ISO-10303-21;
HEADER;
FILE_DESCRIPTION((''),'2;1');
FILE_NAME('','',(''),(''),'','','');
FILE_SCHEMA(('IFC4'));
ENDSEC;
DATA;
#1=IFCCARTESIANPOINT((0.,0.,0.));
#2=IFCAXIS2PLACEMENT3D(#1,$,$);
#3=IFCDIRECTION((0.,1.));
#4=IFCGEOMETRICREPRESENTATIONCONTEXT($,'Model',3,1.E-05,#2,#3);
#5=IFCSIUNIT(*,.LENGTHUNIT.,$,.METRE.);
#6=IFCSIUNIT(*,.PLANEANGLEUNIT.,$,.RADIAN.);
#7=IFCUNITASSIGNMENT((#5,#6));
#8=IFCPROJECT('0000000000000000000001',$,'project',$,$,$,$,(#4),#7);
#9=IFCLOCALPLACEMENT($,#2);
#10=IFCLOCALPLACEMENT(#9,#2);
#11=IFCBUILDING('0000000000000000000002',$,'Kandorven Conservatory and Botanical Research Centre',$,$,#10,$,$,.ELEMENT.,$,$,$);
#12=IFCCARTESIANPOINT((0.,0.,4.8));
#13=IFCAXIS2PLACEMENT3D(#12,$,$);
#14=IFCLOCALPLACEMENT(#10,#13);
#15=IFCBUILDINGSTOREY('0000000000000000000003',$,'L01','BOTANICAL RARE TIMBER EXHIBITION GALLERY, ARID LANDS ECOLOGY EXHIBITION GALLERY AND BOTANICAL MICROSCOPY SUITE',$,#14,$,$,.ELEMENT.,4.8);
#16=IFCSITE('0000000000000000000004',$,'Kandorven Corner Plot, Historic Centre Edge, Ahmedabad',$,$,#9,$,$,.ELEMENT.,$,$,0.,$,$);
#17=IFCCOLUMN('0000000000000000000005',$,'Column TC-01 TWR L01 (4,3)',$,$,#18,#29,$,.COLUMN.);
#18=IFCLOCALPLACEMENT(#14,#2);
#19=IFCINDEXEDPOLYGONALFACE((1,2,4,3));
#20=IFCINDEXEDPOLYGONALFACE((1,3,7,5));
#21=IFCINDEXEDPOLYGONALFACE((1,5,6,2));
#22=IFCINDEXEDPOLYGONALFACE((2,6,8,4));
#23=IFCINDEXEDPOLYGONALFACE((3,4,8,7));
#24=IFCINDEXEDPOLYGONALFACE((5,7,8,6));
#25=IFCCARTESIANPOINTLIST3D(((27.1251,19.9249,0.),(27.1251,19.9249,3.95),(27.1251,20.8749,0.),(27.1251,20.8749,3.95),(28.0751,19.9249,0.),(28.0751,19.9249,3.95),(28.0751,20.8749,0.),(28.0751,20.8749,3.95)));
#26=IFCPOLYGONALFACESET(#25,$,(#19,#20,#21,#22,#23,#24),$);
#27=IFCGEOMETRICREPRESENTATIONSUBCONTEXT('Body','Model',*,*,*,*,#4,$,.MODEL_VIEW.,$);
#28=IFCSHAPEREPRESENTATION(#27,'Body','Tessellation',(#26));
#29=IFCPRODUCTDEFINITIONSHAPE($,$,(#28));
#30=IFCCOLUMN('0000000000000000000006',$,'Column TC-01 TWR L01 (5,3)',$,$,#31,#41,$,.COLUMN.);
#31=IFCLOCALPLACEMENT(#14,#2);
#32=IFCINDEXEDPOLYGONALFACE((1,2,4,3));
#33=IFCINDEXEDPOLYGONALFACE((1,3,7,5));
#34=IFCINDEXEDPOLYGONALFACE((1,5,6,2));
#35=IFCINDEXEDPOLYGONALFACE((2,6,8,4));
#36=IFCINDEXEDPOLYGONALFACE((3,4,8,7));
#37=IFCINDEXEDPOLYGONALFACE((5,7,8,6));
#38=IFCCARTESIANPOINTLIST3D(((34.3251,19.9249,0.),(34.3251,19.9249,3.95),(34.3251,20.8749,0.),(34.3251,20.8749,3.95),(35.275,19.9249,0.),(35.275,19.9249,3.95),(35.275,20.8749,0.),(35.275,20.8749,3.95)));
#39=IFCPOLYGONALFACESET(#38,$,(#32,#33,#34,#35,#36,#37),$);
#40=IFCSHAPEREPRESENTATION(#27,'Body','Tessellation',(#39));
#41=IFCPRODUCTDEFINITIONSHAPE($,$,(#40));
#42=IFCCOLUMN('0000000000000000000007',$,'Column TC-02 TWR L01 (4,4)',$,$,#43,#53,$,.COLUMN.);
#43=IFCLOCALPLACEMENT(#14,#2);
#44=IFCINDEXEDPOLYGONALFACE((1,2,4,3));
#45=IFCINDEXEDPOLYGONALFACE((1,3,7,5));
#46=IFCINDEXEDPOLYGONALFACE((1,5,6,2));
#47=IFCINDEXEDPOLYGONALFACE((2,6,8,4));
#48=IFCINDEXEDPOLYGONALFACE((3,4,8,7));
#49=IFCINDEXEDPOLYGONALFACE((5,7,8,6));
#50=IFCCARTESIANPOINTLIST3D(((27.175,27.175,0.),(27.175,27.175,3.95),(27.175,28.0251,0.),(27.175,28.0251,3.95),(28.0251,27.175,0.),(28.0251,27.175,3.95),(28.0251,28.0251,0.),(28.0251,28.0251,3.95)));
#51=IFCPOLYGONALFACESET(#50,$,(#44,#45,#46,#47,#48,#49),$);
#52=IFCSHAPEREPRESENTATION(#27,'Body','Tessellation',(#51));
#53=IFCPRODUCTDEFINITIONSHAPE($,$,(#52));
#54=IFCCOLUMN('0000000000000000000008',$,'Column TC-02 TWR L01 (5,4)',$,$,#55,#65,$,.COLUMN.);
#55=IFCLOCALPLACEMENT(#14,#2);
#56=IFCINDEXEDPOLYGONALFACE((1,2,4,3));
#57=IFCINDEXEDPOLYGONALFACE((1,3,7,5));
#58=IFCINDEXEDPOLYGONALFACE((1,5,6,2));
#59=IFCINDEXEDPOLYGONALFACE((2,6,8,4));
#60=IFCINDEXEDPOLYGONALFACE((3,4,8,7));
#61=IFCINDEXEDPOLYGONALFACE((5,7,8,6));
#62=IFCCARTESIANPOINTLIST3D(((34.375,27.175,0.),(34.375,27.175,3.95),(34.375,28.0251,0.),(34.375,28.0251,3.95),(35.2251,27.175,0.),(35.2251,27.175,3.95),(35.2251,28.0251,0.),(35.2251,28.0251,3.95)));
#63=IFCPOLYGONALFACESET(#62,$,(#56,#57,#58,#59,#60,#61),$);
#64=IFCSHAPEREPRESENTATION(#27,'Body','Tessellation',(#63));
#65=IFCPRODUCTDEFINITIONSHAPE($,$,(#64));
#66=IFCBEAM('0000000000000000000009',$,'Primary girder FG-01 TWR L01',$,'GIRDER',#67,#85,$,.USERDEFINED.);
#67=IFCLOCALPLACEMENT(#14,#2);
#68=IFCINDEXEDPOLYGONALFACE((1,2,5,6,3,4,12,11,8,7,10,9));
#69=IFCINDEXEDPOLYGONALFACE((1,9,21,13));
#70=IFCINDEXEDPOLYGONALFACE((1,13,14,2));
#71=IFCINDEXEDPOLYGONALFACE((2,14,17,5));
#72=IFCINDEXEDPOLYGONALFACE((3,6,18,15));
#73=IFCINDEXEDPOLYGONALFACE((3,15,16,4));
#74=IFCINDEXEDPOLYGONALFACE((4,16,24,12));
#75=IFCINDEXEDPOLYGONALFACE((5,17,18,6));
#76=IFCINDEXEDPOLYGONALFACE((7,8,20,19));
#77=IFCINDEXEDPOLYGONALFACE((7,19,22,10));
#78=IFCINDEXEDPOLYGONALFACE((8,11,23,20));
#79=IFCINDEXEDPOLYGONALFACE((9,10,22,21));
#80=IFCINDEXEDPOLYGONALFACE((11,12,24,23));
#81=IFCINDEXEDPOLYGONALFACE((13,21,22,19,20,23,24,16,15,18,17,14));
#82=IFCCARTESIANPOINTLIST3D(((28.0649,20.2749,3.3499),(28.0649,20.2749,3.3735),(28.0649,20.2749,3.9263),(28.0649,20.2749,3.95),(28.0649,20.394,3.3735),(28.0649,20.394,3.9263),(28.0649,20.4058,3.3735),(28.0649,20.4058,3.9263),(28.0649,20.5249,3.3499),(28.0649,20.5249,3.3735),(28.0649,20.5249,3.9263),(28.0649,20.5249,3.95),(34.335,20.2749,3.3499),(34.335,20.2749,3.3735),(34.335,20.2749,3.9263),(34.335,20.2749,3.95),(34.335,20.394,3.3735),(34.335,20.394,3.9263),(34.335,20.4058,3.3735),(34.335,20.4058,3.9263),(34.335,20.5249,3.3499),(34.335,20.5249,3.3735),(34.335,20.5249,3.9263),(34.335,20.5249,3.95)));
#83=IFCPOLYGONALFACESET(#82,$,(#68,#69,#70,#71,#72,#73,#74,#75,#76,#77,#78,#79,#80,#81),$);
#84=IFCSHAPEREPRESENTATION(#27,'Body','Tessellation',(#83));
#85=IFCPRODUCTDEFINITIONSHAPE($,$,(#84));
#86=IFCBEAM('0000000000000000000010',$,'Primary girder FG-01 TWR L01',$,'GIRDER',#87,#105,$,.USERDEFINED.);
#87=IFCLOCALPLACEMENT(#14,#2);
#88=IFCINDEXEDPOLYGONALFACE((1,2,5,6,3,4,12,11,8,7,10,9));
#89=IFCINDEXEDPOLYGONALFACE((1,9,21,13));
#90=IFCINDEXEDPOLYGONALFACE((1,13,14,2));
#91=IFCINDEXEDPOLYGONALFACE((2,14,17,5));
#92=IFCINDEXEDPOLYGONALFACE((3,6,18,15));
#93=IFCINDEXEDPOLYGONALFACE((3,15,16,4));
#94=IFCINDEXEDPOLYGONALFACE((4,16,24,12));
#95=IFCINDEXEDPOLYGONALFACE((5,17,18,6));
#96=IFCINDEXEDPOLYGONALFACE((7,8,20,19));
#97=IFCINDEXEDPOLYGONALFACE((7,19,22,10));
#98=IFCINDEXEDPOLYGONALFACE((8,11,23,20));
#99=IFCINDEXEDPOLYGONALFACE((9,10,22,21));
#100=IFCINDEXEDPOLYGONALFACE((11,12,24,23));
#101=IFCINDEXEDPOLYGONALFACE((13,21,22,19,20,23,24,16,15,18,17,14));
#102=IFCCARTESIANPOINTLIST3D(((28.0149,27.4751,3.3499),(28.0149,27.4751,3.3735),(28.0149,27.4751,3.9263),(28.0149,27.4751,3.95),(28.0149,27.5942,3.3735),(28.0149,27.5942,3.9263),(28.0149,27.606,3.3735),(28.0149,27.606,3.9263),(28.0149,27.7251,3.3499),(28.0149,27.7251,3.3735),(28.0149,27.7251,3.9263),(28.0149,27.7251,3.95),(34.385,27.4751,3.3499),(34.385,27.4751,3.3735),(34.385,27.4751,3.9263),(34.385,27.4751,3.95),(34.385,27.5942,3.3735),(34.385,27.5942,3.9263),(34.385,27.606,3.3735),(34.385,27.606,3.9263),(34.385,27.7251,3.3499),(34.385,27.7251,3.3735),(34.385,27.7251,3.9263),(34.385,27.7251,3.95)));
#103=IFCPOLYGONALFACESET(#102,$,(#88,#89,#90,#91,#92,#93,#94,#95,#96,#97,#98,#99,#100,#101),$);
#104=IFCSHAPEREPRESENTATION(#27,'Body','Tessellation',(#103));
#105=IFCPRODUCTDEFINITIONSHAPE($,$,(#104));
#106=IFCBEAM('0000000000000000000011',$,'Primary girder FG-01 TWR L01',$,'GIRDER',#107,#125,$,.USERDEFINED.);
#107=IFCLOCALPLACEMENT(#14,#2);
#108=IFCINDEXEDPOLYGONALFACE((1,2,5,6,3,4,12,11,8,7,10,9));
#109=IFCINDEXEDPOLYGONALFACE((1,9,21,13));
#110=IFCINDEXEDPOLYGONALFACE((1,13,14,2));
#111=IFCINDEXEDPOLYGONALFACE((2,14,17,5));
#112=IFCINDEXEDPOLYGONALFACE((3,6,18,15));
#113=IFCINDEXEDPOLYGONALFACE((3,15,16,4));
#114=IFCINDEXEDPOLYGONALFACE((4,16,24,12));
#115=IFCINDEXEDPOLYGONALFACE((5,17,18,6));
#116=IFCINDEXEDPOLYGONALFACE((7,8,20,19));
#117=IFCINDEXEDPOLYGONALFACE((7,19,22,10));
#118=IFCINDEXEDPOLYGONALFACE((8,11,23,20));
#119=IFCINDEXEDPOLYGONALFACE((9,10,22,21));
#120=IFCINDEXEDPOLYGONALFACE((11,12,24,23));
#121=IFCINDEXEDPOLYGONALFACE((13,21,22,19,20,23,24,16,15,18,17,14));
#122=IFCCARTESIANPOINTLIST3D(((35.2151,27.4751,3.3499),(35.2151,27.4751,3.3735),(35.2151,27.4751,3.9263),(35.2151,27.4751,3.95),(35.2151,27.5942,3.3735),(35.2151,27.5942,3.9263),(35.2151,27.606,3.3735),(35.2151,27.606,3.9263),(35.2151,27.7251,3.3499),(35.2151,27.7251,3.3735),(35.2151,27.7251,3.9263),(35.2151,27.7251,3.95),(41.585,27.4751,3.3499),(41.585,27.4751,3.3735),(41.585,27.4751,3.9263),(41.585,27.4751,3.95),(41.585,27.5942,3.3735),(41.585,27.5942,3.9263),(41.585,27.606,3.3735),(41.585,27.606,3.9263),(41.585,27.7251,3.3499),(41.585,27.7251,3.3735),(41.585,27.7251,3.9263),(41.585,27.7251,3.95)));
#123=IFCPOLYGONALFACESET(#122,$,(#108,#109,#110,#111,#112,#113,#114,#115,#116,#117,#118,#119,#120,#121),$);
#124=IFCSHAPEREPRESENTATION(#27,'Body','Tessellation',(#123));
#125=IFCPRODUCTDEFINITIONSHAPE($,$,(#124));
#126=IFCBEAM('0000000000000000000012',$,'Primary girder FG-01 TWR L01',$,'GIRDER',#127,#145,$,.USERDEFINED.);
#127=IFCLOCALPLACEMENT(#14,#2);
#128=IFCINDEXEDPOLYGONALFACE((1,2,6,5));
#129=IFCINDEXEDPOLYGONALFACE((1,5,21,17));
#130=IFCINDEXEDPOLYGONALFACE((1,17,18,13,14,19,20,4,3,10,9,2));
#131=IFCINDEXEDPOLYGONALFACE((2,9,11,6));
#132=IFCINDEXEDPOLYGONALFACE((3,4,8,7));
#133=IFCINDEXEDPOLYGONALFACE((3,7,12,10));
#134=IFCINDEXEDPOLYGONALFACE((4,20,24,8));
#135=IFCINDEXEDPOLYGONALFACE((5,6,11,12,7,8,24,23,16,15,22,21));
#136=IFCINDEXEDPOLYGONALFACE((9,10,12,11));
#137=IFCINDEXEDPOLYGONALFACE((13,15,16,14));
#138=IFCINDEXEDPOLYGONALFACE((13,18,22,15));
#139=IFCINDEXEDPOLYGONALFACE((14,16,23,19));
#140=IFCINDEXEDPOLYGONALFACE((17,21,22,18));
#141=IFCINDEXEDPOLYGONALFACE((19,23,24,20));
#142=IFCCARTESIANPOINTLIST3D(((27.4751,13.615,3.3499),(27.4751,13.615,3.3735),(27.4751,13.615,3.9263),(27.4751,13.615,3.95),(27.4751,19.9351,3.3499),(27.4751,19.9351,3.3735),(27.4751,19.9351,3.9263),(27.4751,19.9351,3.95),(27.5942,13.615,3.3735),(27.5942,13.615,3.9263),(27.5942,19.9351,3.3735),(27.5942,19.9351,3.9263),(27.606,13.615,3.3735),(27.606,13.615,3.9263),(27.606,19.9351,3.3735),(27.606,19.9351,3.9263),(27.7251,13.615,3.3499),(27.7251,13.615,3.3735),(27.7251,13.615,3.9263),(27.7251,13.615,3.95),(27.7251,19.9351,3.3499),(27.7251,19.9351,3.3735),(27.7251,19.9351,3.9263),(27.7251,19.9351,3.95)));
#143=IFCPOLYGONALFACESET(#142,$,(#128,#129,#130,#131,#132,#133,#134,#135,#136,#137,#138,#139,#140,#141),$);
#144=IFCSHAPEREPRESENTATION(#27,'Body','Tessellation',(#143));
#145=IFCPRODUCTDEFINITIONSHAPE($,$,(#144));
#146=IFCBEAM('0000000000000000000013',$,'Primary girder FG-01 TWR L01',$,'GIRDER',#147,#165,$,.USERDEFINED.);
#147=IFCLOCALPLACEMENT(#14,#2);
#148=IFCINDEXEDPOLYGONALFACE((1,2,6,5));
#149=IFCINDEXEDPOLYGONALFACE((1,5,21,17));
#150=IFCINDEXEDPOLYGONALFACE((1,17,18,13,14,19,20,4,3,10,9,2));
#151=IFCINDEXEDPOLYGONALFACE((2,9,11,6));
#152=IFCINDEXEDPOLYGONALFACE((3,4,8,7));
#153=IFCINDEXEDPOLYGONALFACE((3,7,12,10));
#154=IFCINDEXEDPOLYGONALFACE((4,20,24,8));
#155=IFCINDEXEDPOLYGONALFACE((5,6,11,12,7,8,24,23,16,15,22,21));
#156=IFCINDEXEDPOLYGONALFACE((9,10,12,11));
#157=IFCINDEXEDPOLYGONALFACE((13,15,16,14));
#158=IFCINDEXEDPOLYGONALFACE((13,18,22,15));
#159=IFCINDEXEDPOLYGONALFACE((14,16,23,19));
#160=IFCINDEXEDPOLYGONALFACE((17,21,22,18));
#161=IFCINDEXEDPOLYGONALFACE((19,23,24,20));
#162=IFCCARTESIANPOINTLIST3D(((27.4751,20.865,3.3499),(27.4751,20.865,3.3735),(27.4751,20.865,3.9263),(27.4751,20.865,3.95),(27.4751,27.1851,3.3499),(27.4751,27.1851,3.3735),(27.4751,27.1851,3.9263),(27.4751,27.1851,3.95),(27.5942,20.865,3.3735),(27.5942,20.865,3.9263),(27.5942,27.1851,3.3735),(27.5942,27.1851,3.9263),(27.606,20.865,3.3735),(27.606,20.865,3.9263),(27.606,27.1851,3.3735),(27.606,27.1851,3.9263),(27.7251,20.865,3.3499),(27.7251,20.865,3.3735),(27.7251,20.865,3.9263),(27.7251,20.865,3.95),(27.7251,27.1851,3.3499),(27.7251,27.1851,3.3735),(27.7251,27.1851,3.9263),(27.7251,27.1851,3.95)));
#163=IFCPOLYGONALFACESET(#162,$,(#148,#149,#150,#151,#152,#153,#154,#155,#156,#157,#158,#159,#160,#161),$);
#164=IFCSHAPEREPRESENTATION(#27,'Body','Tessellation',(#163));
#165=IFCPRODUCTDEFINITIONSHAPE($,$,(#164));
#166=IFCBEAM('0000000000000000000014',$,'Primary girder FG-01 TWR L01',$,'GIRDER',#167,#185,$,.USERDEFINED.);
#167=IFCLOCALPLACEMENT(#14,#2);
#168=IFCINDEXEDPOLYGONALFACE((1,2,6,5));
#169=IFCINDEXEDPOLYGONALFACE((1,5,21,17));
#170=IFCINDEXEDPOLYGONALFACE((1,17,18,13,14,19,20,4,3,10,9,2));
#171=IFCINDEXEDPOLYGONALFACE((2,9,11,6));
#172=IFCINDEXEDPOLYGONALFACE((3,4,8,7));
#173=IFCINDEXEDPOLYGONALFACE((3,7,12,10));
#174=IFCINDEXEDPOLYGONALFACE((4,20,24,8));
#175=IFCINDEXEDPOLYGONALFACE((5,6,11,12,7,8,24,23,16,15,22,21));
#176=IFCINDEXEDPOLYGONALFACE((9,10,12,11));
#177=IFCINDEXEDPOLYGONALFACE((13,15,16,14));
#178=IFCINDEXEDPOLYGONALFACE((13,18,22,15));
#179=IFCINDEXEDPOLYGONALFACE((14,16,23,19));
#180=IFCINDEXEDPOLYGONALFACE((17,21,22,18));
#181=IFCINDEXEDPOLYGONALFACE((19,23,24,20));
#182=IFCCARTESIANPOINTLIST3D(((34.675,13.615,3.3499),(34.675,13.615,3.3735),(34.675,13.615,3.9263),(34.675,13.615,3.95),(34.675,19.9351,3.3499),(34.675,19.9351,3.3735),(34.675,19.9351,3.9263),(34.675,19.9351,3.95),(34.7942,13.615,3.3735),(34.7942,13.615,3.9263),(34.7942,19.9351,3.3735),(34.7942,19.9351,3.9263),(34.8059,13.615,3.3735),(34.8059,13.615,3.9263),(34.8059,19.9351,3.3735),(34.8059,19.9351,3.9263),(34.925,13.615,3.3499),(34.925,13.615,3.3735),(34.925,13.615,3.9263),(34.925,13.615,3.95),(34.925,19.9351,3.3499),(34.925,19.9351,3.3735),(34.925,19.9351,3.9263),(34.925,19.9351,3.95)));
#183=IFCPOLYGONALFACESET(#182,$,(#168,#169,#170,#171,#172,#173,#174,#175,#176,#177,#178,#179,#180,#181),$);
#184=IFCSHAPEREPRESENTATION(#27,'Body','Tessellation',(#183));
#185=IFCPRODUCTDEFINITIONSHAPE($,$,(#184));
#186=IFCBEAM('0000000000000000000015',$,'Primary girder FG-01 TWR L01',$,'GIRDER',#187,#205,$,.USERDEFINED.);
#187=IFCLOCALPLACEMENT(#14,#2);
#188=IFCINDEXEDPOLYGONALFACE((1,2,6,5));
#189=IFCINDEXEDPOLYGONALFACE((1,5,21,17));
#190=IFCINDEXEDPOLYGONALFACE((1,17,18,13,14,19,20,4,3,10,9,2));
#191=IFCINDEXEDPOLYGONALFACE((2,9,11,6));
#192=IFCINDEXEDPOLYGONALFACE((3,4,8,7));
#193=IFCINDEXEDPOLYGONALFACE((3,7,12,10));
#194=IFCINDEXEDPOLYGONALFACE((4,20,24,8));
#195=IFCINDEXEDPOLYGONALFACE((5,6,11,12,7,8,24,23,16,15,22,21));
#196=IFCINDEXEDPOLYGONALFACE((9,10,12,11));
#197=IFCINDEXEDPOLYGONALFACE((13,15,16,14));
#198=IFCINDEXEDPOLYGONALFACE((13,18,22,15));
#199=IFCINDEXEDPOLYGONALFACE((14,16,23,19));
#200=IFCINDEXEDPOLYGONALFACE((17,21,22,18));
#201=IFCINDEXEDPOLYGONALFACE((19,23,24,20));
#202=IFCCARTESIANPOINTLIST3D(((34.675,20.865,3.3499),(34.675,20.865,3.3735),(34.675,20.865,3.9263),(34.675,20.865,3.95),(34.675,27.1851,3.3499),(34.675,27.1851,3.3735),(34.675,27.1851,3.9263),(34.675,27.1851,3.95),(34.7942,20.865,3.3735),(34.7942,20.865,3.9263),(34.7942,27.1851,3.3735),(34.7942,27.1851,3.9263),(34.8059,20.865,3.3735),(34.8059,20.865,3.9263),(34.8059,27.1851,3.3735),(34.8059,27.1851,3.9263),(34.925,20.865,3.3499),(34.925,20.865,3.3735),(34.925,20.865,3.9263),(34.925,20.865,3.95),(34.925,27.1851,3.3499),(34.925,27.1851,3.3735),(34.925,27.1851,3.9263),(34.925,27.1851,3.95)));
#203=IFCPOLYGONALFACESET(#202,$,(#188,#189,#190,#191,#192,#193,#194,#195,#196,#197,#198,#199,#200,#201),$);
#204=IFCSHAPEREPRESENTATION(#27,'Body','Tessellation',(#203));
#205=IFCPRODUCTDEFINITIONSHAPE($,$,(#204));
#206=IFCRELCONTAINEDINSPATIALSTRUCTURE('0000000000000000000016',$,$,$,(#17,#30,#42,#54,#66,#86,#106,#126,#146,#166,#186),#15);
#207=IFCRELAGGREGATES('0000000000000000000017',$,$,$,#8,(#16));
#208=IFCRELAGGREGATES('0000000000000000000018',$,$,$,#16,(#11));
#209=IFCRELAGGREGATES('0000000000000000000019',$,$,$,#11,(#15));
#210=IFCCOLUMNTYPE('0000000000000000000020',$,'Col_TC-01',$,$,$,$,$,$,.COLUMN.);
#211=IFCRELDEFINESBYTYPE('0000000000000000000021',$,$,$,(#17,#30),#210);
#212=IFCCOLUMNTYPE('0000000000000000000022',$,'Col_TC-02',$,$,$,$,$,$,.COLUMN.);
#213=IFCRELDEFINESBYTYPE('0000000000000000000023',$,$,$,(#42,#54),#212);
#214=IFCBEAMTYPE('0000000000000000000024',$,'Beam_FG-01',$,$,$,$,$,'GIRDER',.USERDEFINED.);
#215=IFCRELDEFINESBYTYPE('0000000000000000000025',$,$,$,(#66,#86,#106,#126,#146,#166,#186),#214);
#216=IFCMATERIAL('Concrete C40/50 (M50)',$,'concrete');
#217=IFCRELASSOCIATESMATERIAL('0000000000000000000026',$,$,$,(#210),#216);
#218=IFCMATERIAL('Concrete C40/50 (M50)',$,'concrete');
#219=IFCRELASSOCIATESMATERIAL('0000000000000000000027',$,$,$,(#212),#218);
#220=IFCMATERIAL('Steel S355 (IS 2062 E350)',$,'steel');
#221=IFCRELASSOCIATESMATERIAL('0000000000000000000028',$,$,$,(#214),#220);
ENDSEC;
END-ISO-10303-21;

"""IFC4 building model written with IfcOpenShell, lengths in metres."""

from ifc_helpers import new_model, si_unit, direction, frame, origin, origin_2d, place, context, subcontext, project, spatial, rectangle, i_section, extrude, material, material_profile, profile_set, type_object, element, save


model = new_model("IFC4")

# Units and contexts
model_context = context("Model", 3, precision=1e-05, world=origin(), true_north=direction((0.0, 1.0)))
body_context = subcontext(model_context, "Body", "Model", "MODEL_VIEW")
ifc_project = project(units=[si_unit("LENGTHUNIT", "METRE"), si_unit("PLANEANGLEUNIT", "RADIAN")], contexts=[model_context])

# Site, building, storey
site_placement = place(None, origin())
site = spatial("IfcSite", under=ifc_project, at=site_placement, Name="Kandorven Corner Plot, Historic Centre Edge, Ahmedabad", CompositionType="ELEMENT", RefElevation=0.0)
building_placement = place(site_placement, origin())
building = spatial("IfcBuilding", under=site, at=building_placement, Name="Kandorven Conservatory and Botanical Research Centre", CompositionType="ELEMENT")
storey_placement = place(building_placement, frame((0.0, 0.0, 4.8)))
storey = spatial("IfcBuildingStorey", under=building, at=storey_placement, Name="L01", Description="BOTANICAL RARE TIMBER EXHIBITION GALLERY, ARID LANDS ECOLOGY EXHIBITION GALLERY AND BOTANICAL MICROSCOPY SUITE", CompositionType="ELEMENT", Elevation=4.8)

# Columns
ifc_material_1 = material(Name="Concrete C40/50 (M50)", Category="concrete")
ifc_material_profile_1 = material_profile(ifc_material_1, rectangle(XDim=0.95, YDim=0.95, at=origin_2d()))
ifc_profile_set_1 = profile_set([ifc_material_profile_1], Name="Concrete C40/50 (M50)")
column_type_1 = type_object("IfcColumnType", Name="Col_TC-01", PredefinedType="COLUMN", material=ifc_profile_set_1)
for number, where, z_axis, x_axis, name in (
    (1, (27.6001, 20.3999, 0.0), (0.0, 0.0, 1.0), (1.0, 0.0, 0.0), "Column TC-01 TWR L01 (4,3)"),
    (2, (34.8, 20.3999, 0.0), (0.0, 0.0, 1.0), (1.0, 0.0, 0.0), "Column TC-01 TWR L01 (5,3)"),
):
    element("IfcColumn", number, at=place(storey_placement, frame(where, z_axis=z_axis, x_axis=x_axis)), inside=storey, type_object=column_type_1, Name=name, PredefinedType="COLUMN", context=body_context, shape_type="SweptSolid", body=[
        extrude(rectangle(XDim=0.95, YDim=0.95, at=origin_2d()), origin(), (0.0, 0.0, 1.0), 3.95),
    ])
ifc_material_2 = material(Name="Concrete C40/50 (M50)", Category="concrete")
ifc_material_profile_2 = material_profile(ifc_material_2, rectangle(XDim=0.8501, YDim=0.8501, at=origin_2d()))
ifc_profile_set_2 = profile_set([ifc_material_profile_2], Name="Concrete C40/50 (M50)")
column_type_2 = type_object("IfcColumnType", Name="Col_TC-02", PredefinedType="COLUMN", material=ifc_profile_set_2)
for number, where, z_axis, x_axis, name in (
    (3, (27.6001, 27.6001, 0.0), (0.0, 0.0, 1.0), (1.0, 0.0, 0.0), "Column TC-02 TWR L01 (4,4)"),
    (4, (34.8, 27.6001, 0.0), (0.0, 0.0, 1.0), (1.0, 0.0, 0.0), "Column TC-02 TWR L01 (5,4)"),
):
    element("IfcColumn", number, at=place(storey_placement, frame(where, z_axis=z_axis, x_axis=x_axis)), inside=storey, type_object=column_type_2, Name=name, PredefinedType="COLUMN", context=body_context, shape_type="SweptSolid", body=[
        extrude(rectangle(XDim=0.8501, YDim=0.8501, at=origin_2d()), origin(), (0.0, 0.0, 1.0), 3.95),
    ])

# Beams
ifc_material_3 = material(Name="Steel S355 (IS 2062 E350)", Category="steel")
ifc_material_profile_3 = material_profile(ifc_material_3, i_section(OverallWidth=0.25, OverallDepth=0.6001, WebThickness=0.0117, FlangeThickness=0.0237, at=origin_2d()))
ifc_profile_set_3 = profile_set([ifc_material_profile_3], Name="Steel S355 (IS 2062 E350)")
beam_type_1 = type_object("IfcBeamType", Name="Beam_FG-01", ElementType="GIRDER", PredefinedType="USERDEFINED", material=ifc_profile_set_3)
beam_1_placement = place(storey_placement, frame((28.0649, 20.3999, 3.6499), z_axis=(1.0, 0.0, 0.0), x_axis=(0.0, 1.0, 0.0)))
element("IfcBeam", 5, at=beam_1_placement, inside=storey, type_object=beam_type_1, Name="Primary girder FG-01 TWR L01", ObjectType="GIRDER", PredefinedType="USERDEFINED", context=body_context, shape_type="SweptSolid", body=[
    extrude(i_section(OverallWidth=0.25, OverallDepth=0.6001, WebThickness=0.0117, FlangeThickness=0.0237, at=origin_2d()), origin(), (0.0, 0.0, 1.0), 6.27),
])
beam_2_placement = place(storey_placement, frame((28.0149, 27.6001, 3.6499), z_axis=(1.0, 0.0, 0.0), x_axis=(0.0, 1.0, 0.0)))
element("IfcBeam", 6, at=beam_2_placement, inside=storey, type_object=beam_type_1, Name="Primary girder FG-01 TWR L01", ObjectType="GIRDER", PredefinedType="USERDEFINED", context=body_context, shape_type="SweptSolid", body=[
    extrude(i_section(OverallWidth=0.25, OverallDepth=0.6001, WebThickness=0.0117, FlangeThickness=0.0237, at=origin_2d()), origin(), (0.0, 0.0, 1.0), 6.3701),
])
beam_3_placement = place(storey_placement, frame((35.2151, 27.6001, 3.6499), z_axis=(1.0, 0.0, 0.0), x_axis=(0.0, 1.0, 0.0)))
element("IfcBeam", 7, at=beam_3_placement, inside=storey, type_object=beam_type_1, Name="Primary girder FG-01 TWR L01", ObjectType="GIRDER", PredefinedType="USERDEFINED", context=body_context, shape_type="SweptSolid", body=[
    extrude(i_section(OverallWidth=0.25, OverallDepth=0.6001, WebThickness=0.0117, FlangeThickness=0.0237, at=origin_2d()), origin(), (0.0, 0.0, 1.0), 6.3699),
])
for number, where, z_axis, x_axis, name in (
    (8, (27.6001, 13.615, 3.6499), (0.0, 1.0, 0.0), (-1.0, 0.0, 0.0), "Primary girder FG-01 TWR L01"),
    (9, (27.6001, 20.865, 3.6499), (0.0, 1.0, 0.0), (-1.0, 0.0, 0.0), "Primary girder FG-01 TWR L01"),
    (10, (34.8, 13.615, 3.6499), (0.0, 1.0, 0.0), (-1.0, 0.0, 0.0), "Primary girder FG-01 TWR L01"),
    (11, (34.8, 20.865, 3.6499), (0.0, 1.0, 0.0), (-1.0, 0.0, 0.0), "Primary girder FG-01 TWR L01"),
):
    element("IfcBeam", number, at=place(storey_placement, frame(where, z_axis=z_axis, x_axis=x_axis)), inside=storey, type_object=beam_type_1, Name=name, ObjectType="GIRDER", PredefinedType="USERDEFINED", context=body_context, shape_type="SweptSolid", body=[
        extrude(i_section(OverallWidth=0.25, OverallDepth=0.6001, WebThickness=0.0117, FlangeThickness=0.0237, at=origin_2d()), origin(), (0.0, 0.0, 1.0), 6.3201),
    ])

save(model, "model.ifc")
